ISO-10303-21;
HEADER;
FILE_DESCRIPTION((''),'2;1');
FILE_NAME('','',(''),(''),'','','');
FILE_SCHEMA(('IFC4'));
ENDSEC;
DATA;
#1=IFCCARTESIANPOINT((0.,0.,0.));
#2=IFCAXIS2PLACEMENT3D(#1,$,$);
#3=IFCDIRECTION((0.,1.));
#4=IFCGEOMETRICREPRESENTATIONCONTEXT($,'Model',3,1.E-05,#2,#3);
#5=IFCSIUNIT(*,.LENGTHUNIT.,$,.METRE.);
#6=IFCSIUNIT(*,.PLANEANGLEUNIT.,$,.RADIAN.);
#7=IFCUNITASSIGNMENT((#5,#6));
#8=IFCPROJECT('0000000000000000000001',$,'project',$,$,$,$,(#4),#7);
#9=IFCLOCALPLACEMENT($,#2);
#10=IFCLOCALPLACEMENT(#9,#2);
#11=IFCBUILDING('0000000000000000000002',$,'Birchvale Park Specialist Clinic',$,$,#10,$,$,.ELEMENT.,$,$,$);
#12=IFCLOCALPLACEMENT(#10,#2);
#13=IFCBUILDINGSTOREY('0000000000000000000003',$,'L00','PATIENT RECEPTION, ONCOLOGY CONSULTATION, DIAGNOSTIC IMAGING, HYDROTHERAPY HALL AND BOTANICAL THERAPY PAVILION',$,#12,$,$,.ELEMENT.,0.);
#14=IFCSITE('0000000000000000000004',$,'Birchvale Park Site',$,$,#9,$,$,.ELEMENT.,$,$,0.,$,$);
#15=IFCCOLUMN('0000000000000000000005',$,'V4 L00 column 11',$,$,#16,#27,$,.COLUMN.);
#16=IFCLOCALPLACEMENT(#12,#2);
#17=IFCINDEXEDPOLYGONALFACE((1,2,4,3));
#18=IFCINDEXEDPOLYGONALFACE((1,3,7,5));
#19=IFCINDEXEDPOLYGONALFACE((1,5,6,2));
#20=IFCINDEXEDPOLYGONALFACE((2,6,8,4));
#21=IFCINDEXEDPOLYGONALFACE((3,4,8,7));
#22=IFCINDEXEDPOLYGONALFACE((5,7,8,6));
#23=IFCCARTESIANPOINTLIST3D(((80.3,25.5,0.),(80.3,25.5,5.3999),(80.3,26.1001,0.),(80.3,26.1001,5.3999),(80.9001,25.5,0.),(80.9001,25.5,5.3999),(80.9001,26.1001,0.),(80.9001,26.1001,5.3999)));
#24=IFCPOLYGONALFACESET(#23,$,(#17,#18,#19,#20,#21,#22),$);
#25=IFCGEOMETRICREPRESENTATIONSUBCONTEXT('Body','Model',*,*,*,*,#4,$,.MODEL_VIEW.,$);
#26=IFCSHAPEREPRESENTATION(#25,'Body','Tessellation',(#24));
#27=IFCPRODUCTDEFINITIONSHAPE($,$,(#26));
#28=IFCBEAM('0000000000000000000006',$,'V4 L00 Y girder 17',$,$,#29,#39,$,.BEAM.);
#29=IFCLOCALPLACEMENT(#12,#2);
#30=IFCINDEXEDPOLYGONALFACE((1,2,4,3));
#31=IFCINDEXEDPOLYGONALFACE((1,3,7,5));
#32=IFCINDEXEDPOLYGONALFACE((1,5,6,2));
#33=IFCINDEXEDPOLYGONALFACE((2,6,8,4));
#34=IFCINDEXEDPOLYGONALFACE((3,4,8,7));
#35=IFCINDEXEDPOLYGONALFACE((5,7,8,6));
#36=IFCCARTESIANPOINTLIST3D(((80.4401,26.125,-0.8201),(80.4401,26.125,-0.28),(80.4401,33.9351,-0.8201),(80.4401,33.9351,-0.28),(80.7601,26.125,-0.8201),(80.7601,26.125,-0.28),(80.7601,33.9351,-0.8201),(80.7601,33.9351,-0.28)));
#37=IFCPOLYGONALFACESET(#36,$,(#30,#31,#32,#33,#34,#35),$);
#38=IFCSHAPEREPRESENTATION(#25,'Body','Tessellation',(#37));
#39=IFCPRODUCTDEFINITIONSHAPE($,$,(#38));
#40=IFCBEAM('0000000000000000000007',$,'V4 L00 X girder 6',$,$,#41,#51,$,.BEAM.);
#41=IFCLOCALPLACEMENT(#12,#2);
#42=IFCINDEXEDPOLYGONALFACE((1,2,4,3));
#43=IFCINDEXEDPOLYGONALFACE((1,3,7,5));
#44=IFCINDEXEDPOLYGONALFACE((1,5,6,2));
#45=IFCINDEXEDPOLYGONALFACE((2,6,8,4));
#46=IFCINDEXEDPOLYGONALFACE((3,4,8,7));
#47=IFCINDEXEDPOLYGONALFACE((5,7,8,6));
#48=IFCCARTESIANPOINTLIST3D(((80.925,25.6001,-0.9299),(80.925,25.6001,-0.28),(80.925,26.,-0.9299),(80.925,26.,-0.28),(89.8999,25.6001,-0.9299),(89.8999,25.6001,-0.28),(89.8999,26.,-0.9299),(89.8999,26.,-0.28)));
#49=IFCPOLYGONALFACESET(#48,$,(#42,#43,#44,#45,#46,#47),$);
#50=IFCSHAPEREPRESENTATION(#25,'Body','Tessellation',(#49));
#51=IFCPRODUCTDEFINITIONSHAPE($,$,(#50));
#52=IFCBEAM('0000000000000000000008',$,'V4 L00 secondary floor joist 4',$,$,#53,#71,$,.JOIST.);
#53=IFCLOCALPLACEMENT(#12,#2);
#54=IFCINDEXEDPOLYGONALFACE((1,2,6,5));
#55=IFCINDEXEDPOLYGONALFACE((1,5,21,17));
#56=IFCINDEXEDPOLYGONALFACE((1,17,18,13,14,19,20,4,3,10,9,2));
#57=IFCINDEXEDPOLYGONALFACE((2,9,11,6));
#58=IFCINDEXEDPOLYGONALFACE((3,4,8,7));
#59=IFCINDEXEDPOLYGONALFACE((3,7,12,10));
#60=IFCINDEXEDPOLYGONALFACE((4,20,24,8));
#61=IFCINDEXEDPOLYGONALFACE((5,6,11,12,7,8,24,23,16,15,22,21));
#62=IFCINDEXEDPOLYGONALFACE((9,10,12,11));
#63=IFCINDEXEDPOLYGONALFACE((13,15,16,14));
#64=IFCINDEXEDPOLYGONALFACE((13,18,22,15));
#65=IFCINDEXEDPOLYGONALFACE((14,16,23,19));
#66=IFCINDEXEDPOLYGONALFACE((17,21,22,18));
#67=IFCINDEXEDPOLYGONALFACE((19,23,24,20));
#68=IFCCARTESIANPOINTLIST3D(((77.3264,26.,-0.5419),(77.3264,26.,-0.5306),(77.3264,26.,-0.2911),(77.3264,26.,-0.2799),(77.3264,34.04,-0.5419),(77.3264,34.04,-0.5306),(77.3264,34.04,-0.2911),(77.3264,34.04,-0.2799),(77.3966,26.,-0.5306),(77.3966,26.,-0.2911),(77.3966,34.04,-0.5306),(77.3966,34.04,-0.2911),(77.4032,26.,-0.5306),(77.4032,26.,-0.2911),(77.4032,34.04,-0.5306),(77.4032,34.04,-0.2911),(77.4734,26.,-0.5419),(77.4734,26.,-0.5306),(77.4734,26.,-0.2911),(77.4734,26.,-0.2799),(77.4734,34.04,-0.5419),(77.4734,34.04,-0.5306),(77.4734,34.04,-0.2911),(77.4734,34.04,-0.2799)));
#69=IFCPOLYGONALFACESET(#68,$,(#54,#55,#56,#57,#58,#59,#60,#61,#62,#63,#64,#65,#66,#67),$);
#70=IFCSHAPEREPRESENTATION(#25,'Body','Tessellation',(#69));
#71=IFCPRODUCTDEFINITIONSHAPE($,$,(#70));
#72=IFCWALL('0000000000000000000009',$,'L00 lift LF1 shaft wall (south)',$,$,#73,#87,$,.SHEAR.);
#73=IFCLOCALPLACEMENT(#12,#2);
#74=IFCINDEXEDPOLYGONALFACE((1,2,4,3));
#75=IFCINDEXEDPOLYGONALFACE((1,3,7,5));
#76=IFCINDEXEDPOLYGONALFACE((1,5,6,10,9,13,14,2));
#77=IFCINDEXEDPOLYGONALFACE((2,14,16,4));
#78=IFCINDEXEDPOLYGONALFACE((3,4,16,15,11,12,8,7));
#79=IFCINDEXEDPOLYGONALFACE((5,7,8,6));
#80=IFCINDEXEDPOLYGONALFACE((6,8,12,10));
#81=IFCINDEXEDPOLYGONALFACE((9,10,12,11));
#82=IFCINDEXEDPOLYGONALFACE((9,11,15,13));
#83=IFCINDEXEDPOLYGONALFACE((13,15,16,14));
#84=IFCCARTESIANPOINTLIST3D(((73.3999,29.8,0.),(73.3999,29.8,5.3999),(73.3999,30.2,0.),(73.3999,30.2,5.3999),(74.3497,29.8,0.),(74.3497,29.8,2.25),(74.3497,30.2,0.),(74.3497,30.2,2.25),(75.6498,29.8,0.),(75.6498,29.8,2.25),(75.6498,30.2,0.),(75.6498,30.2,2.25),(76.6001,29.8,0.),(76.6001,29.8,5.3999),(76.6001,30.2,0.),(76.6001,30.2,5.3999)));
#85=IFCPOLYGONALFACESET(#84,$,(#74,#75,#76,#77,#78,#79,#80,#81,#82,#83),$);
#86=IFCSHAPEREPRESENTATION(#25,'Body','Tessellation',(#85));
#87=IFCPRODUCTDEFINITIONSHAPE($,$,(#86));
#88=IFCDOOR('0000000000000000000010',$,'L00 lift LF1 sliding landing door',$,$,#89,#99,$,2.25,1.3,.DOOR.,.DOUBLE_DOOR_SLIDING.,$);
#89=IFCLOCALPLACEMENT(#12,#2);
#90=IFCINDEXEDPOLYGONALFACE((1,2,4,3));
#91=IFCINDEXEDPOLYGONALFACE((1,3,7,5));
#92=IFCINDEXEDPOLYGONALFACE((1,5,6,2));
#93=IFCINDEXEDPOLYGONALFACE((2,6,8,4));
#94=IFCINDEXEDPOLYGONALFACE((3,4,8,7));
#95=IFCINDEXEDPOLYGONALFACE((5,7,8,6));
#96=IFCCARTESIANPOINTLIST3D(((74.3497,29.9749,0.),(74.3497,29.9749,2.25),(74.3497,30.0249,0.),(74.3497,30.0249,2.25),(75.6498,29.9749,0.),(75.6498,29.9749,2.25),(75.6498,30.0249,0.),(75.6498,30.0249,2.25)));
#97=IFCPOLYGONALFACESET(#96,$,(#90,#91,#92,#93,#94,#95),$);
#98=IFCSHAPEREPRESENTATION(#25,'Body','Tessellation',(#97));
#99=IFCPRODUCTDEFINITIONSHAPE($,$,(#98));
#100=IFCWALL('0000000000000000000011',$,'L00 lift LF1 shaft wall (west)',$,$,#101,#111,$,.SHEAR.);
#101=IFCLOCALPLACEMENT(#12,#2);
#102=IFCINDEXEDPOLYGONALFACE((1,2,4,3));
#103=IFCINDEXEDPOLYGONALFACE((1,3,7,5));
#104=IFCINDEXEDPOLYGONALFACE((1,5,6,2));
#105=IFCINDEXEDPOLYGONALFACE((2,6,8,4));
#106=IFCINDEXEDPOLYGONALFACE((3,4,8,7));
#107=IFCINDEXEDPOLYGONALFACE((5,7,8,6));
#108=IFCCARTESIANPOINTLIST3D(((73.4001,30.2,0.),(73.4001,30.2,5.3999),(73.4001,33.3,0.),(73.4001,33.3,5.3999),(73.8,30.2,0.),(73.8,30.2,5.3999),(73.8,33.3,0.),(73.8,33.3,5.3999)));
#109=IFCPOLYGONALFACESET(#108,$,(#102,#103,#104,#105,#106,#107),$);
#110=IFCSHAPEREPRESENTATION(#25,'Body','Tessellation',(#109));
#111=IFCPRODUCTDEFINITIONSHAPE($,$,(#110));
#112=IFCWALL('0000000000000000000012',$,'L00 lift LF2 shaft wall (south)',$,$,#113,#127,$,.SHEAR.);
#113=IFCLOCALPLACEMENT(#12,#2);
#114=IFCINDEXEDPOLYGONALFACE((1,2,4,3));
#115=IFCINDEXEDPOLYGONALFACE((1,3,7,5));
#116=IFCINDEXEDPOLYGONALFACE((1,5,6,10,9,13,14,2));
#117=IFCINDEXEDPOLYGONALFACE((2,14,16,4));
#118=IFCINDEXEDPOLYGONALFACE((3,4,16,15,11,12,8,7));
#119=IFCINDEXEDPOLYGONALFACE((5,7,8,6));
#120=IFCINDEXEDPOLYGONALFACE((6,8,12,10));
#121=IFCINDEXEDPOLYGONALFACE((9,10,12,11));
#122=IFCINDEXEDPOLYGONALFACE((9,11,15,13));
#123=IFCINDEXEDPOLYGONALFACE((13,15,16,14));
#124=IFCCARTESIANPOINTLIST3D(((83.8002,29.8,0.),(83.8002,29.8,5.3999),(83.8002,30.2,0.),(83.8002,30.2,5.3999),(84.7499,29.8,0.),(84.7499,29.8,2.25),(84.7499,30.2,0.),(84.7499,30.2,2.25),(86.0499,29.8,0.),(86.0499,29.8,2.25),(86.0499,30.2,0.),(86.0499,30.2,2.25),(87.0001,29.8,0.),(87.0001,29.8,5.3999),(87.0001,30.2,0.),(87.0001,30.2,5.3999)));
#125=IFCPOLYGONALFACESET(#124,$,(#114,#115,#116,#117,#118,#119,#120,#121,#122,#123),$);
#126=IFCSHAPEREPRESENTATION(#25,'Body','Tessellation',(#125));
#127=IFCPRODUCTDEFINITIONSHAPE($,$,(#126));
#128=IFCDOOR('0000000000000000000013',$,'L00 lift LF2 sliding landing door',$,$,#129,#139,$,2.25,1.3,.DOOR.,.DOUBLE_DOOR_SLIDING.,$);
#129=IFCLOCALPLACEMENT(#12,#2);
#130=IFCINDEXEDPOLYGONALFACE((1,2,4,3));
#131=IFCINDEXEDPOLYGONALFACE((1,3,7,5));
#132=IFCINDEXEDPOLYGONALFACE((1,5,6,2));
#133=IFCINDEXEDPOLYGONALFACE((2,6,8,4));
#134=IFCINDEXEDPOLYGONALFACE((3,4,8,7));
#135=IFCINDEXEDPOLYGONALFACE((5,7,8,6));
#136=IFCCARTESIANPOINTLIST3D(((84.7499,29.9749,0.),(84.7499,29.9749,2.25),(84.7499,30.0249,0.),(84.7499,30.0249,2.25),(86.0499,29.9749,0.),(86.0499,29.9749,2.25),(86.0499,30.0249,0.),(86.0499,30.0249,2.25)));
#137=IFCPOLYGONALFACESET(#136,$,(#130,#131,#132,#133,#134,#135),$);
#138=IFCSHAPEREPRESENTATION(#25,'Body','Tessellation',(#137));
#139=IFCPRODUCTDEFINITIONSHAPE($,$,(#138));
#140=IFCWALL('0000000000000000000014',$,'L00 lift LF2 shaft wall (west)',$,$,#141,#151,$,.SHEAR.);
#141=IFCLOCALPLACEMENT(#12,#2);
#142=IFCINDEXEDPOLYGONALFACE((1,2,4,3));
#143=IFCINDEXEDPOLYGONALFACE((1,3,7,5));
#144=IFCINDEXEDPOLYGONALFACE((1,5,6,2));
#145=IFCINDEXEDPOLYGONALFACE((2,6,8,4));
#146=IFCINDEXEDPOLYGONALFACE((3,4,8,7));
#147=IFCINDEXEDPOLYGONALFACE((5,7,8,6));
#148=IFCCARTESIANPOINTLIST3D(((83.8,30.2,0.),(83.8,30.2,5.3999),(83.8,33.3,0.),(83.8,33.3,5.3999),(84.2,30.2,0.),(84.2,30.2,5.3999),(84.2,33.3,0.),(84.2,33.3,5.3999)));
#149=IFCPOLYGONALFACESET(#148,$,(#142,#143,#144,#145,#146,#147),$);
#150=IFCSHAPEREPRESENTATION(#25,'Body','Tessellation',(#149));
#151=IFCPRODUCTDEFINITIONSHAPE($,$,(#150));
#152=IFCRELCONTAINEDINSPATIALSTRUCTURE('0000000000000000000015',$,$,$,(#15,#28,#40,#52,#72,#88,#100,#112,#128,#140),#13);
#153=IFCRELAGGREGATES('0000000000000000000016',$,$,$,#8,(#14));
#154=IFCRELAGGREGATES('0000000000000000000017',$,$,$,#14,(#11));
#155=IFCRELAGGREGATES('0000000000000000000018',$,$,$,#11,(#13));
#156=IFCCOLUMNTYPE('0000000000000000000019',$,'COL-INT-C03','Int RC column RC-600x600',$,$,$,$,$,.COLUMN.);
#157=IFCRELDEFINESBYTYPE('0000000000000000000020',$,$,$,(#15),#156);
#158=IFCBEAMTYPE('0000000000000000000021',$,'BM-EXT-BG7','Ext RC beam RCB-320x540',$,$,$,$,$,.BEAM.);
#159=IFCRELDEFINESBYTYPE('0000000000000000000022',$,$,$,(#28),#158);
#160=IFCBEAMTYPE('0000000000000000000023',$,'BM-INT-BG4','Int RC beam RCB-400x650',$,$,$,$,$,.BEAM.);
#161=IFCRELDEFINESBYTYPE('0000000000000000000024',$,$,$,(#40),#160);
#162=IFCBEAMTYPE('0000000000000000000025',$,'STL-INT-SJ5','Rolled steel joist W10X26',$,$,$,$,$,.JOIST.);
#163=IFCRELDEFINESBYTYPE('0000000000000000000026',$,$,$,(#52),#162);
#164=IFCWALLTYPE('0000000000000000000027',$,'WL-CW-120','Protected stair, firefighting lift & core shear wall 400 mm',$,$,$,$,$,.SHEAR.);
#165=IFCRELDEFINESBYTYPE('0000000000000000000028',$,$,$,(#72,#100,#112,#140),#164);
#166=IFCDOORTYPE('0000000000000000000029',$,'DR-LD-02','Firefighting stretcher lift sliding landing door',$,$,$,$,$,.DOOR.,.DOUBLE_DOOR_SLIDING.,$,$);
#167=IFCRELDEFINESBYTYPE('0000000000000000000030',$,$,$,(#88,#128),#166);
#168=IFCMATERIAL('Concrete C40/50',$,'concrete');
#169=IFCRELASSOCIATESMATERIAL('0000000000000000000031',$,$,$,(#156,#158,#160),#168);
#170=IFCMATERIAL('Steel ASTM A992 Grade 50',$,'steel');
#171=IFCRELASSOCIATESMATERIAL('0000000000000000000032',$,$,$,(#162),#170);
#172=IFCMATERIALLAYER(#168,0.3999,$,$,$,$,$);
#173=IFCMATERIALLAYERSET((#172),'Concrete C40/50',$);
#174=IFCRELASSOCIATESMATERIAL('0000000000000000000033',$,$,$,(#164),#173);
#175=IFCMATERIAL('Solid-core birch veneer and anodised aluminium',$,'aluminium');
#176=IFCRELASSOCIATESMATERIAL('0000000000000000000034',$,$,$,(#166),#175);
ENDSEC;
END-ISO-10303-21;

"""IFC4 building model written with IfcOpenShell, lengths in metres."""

from ifc_helpers import new_model, si_unit, direction, frame, frame_2d, origin, origin_2d, place, context, subcontext, project, spatial, rectangle, i_section, extrude, material, layer, layer_set, material_profile, profile_set, type_object, element, fill, save


model = new_model("IFC4")

# Units and contexts
model_context = context("Model", 3, precision=1e-05, world=origin(), true_north=direction((0.0, 1.0)))
body_context = subcontext(model_context, "Body", "Model", "MODEL_VIEW")
ifc_project = project(units=[si_unit("LENGTHUNIT", "METRE"), si_unit("PLANEANGLEUNIT", "RADIAN")], contexts=[model_context])

# Site, building, storey
site_placement = place(None, origin())
site = spatial("IfcSite", under=ifc_project, at=site_placement, Name="Birchvale Park Site", CompositionType="ELEMENT", RefElevation=0.0)
building_placement = place(site_placement, origin())
building = spatial("IfcBuilding", under=site, at=building_placement, Name="Birchvale Park Specialist Clinic", CompositionType="ELEMENT")
storey_placement = place(building_placement, origin())
storey = spatial("IfcBuildingStorey", under=building, at=storey_placement, Name="L00", Description="PATIENT RECEPTION, ONCOLOGY CONSULTATION, DIAGNOSTIC IMAGING, HYDROTHERAPY HALL AND BOTANICAL THERAPY PAVILION", CompositionType="ELEMENT", Elevation=0.0)

# Column
ifc_material_1 = material(Name="Concrete C40/50", Category="concrete")
ifc_material_profile_1 = material_profile(ifc_material_1, rectangle(XDim=0.6001, YDim=0.6001, at=origin_2d()), Name="RC-600x600")
ifc_profile_set_1 = profile_set([ifc_material_profile_1], Name="Concrete C40/50")
column_type = type_object("IfcColumnType", Name="COL-INT-C03", Description="Int RC column RC-600x600", PredefinedType="COLUMN", material=ifc_profile_set_1)
column_placement = place(storey_placement, frame((80.6001, 25.8, 0.0), z_axis=(0.0, 0.0, 1.0), x_axis=(1.0, 0.0, 0.0)))
element("IfcColumn", 1, at=column_placement, inside=storey, type_object=column_type, Name="V4 L00 column 11", PredefinedType="COLUMN", context=body_context, shape_type="SweptSolid", body=[
    extrude(rectangle(XDim=0.6001, YDim=0.6001, at=origin_2d()), origin(), (0.0, 0.0, 1.0), 5.3999),
])

# Beams
ifc_material_profile_2 = material_profile(ifc_material_1, rectangle(XDim=0.3201, YDim=0.54, at=origin_2d()), Name="RCB-320x540")
ifc_profile_set_2 = profile_set([ifc_material_profile_2], Name="Concrete C40/50")
beam_type_1 = type_object("IfcBeamType", Name="BM-EXT-BG7", Description="Ext RC beam RCB-320x540", PredefinedType="BEAM", material=ifc_profile_set_2)
beam_1_placement = place(storey_placement, frame((80.6001, 26.125, -0.55), z_axis=(0.0, 1.0, 0.0), x_axis=(-1.0, 0.0, 0.0)))
element("IfcBeam", 2, at=beam_1_placement, inside=storey, type_object=beam_type_1, Name="V4 L00 Y girder 17", PredefinedType="BEAM", context=body_context, shape_type="SweptSolid", body=[
    extrude(rectangle(XDim=0.3201, YDim=0.54, at=origin_2d()), origin(), (0.0, 0.0, 1.0), 7.8101),
])
ifc_material_profile_3 = material_profile(ifc_material_1, rectangle(XDim=0.3999, YDim=0.6499, at=origin_2d()), Name="RCB-400x650")
ifc_profile_set_3 = profile_set([ifc_material_profile_3], Name="Concrete C40/50")
beam_type_2 = type_object("IfcBeamType", Name="BM-INT-BG4", Description="Int RC beam RCB-400x650", PredefinedType="BEAM", material=ifc_profile_set_3)
beam_2_placement = place(storey_placement, frame((80.925, 25.8, -0.605), z_axis=(1.0, 0.0, 0.0), x_axis=(0.0, 1.0, 0.0)))
element("IfcBeam", 3, at=beam_2_placement, inside=storey, type_object=beam_type_2, Name="V4 L00 X girder 6", PredefinedType="BEAM", context=body_context, shape_type="SweptSolid", body=[
    extrude(rectangle(XDim=0.3999, YDim=0.6499, at=origin_2d()), origin(), (0.0, 0.0, 1.0), 8.9749),
])
ifc_material_2 = material(Name="Steel ASTM A992 Grade 50", Category="steel")
ifc_material_profile_4 = material_profile(ifc_material_2, i_section(OverallWidth=0.147, OverallDepth=0.262, WebThickness=0.0066, FlangeThickness=0.0112, at=origin_2d()), Name="W10X26")
ifc_profile_set_4 = profile_set([ifc_material_profile_4], Name="Steel ASTM A992 Grade 50")
beam_type_3 = type_object("IfcBeamType", Name="STL-INT-SJ5", Description="Rolled steel joist W10X26", PredefinedType="JOIST", material=ifc_profile_set_4)
beam_3_placement = place(storey_placement, frame((77.3999, 26.0, -0.4109), z_axis=(0.0, 1.0, 0.0), x_axis=(-1.0, 0.0, 0.0)))
element("IfcBeam", 4, at=beam_3_placement, inside=storey, type_object=beam_type_3, Name="V4 L00 secondary floor joist 4", PredefinedType="JOIST", context=body_context, shape_type="SweptSolid", body=[
    extrude(i_section(OverallWidth=0.147, OverallDepth=0.262, WebThickness=0.0066, FlangeThickness=0.0112, at=origin_2d()), origin(), (0.0, 0.0, 1.0), 8.04),
])

# Wall, opening, door
ifc_layer_1 = layer(ifc_material_1, 0.3999)
ifc_layer_set_1 = layer_set([ifc_layer_1], Name="Concrete C40/50")
wall_type_1 = type_object("IfcWallType", Name="WL-CW-120", Description="Protected stair, firefighting lift & core shear wall 400 mm", PredefinedType="SHEAR", material=ifc_layer_set_1)
wall_1_placement = place(storey_placement, frame((73.3999, 30.0, 0.0), z_axis=(0.0, 0.0, 1.0), x_axis=(1.0, 0.0, 0.0)))
wall_1 = element("IfcWall", 5, at=wall_1_placement, inside=storey, type_object=wall_type_1, Name="L00 lift LF1 shaft wall (south)", PredefinedType="SHEAR", context=body_context, shape_type="SweptSolid", body=[
    extrude(rectangle(XDim=3.2002, YDim=0.3999, at=frame_2d((1.6001, 0.0))), origin(), (0.0, 0.0, 1.0), 5.3999),
])
opening_1_placement = place(wall_1_placement, frame((0.95, 0.0, 0.0)))
opening_1 = element("IfcOpeningElement", 6, at=opening_1_placement, cuts=wall_1, PredefinedType="OPENING", context=body_context, shape_type="SweptSolid", body=[
    extrude(rectangle(XDim=1.3, YDim=2.25, at=frame_2d((0.6499, 1.125))), frame((0.0, 0.21, 0.0), z_axis=(0.0, -1.0, 0.0), x_axis=(1.0, 0.0, 0.0)), (0.0, 0.0, 1.0), 0.4199),
])
ifc_material_3 = material(Name="Solid-core birch veneer and anodised aluminium", Category="aluminium")
door_type_1 = type_object("IfcDoorType", Name="DR-LD-02", Description="Firefighting stretcher lift sliding landing door", OperationType="DOUBLE_DOOR_SLIDING", PredefinedType="DOOR", material=ifc_material_3)
door_1_placement = place(opening_1_placement, origin())
door_1 = element("IfcDoor", 7, at=door_1_placement, inside=storey, type_object=door_type_1, Name="L00 lift LF1 sliding landing door", OperationType="DOUBLE_DOOR_SLIDING", OverallHeight=2.25, OverallWidth=1.3, PredefinedType="DOOR", context=body_context, shape_type="SweptSolid", body=[
    extrude(rectangle(XDim=1.3, YDim=2.25, at=frame_2d((0.6499, 1.125))), frame((0.0, 0.0249, 0.0), z_axis=(0.0, -1.0, 0.0), x_axis=(1.0, 0.0, 0.0)), (0.0, 0.0, 1.0), 0.05),
])
fill(opening_1, door_1)

# Wall
wall_2_placement = place(storey_placement, frame((73.6001, 30.2, 0.0), z_axis=(0.0, 0.0, 1.0), x_axis=(0.0, 1.0, 0.0)))
element("IfcWall", 8, at=wall_2_placement, inside=storey, type_object=wall_type_1, Name="L00 lift LF1 shaft wall (west)", PredefinedType="SHEAR", context=body_context, shape_type="SweptSolid", body=[
    extrude(rectangle(XDim=3.1001, YDim=0.3999, at=frame_2d((1.55, 0.0))), origin(), (0.0, 0.0, 1.0), 5.3999),
])

# Wall, opening, door
wall_3_placement = place(storey_placement, frame((83.8, 30.0, 0.0), z_axis=(0.0, 0.0, 1.0), x_axis=(1.0, 0.0, 0.0)))
wall_3 = element("IfcWall", 9, at=wall_3_placement, inside=storey, type_object=wall_type_1, Name="L00 lift LF2 shaft wall (south)", PredefinedType="SHEAR", context=body_context, shape_type="SweptSolid", body=[
    extrude(rectangle(XDim=3.2, YDim=0.3999, at=frame_2d((1.6001, 0.0))), origin(), (0.0, 0.0, 1.0), 5.3999),
])
opening_2_placement = place(wall_3_placement, frame((0.95, 0.0, 0.0)))
opening_2 = element("IfcOpeningElement", 10, at=opening_2_placement, cuts=wall_3, PredefinedType="OPENING", context=body_context, shape_type="SweptSolid", body=[
    extrude(rectangle(XDim=1.3, YDim=2.25, at=frame_2d((0.6499, 1.125))), frame((0.0, 0.21, 0.0), z_axis=(0.0, -1.0, 0.0), x_axis=(1.0, 0.0, 0.0)), (0.0, 0.0, 1.0), 0.4199),
])
door_2_placement = place(opening_2_placement, origin())
door_2 = element("IfcDoor", 11, at=door_2_placement, inside=storey, type_object=door_type_1, Name="L00 lift LF2 sliding landing door", OperationType="DOUBLE_DOOR_SLIDING", OverallHeight=2.25, OverallWidth=1.3, PredefinedType="DOOR", context=body_context, shape_type="SweptSolid", body=[
    extrude(rectangle(XDim=1.3, YDim=2.25, at=frame_2d((0.6499, 1.125))), frame((0.0, 0.0249, 0.0), z_axis=(0.0, -1.0, 0.0), x_axis=(1.0, 0.0, 0.0)), (0.0, 0.0, 1.0), 0.05),
])
fill(opening_2, door_2)

# Wall
wall_4_placement = place(storey_placement, frame((84.0, 30.2, 0.0), z_axis=(0.0, 0.0, 1.0), x_axis=(0.0, 1.0, 0.0)))
element("IfcWall", 12, at=wall_4_placement, inside=storey, type_object=wall_type_1, Name="L00 lift LF2 shaft wall (west)", PredefinedType="SHEAR", context=body_context, shape_type="SweptSolid", body=[
    extrude(rectangle(XDim=3.1001, YDim=0.3999, at=frame_2d((1.55, 0.0))), origin(), (0.0, 0.0, 1.0), 5.3999),
])

save(model, "model.ifc")
